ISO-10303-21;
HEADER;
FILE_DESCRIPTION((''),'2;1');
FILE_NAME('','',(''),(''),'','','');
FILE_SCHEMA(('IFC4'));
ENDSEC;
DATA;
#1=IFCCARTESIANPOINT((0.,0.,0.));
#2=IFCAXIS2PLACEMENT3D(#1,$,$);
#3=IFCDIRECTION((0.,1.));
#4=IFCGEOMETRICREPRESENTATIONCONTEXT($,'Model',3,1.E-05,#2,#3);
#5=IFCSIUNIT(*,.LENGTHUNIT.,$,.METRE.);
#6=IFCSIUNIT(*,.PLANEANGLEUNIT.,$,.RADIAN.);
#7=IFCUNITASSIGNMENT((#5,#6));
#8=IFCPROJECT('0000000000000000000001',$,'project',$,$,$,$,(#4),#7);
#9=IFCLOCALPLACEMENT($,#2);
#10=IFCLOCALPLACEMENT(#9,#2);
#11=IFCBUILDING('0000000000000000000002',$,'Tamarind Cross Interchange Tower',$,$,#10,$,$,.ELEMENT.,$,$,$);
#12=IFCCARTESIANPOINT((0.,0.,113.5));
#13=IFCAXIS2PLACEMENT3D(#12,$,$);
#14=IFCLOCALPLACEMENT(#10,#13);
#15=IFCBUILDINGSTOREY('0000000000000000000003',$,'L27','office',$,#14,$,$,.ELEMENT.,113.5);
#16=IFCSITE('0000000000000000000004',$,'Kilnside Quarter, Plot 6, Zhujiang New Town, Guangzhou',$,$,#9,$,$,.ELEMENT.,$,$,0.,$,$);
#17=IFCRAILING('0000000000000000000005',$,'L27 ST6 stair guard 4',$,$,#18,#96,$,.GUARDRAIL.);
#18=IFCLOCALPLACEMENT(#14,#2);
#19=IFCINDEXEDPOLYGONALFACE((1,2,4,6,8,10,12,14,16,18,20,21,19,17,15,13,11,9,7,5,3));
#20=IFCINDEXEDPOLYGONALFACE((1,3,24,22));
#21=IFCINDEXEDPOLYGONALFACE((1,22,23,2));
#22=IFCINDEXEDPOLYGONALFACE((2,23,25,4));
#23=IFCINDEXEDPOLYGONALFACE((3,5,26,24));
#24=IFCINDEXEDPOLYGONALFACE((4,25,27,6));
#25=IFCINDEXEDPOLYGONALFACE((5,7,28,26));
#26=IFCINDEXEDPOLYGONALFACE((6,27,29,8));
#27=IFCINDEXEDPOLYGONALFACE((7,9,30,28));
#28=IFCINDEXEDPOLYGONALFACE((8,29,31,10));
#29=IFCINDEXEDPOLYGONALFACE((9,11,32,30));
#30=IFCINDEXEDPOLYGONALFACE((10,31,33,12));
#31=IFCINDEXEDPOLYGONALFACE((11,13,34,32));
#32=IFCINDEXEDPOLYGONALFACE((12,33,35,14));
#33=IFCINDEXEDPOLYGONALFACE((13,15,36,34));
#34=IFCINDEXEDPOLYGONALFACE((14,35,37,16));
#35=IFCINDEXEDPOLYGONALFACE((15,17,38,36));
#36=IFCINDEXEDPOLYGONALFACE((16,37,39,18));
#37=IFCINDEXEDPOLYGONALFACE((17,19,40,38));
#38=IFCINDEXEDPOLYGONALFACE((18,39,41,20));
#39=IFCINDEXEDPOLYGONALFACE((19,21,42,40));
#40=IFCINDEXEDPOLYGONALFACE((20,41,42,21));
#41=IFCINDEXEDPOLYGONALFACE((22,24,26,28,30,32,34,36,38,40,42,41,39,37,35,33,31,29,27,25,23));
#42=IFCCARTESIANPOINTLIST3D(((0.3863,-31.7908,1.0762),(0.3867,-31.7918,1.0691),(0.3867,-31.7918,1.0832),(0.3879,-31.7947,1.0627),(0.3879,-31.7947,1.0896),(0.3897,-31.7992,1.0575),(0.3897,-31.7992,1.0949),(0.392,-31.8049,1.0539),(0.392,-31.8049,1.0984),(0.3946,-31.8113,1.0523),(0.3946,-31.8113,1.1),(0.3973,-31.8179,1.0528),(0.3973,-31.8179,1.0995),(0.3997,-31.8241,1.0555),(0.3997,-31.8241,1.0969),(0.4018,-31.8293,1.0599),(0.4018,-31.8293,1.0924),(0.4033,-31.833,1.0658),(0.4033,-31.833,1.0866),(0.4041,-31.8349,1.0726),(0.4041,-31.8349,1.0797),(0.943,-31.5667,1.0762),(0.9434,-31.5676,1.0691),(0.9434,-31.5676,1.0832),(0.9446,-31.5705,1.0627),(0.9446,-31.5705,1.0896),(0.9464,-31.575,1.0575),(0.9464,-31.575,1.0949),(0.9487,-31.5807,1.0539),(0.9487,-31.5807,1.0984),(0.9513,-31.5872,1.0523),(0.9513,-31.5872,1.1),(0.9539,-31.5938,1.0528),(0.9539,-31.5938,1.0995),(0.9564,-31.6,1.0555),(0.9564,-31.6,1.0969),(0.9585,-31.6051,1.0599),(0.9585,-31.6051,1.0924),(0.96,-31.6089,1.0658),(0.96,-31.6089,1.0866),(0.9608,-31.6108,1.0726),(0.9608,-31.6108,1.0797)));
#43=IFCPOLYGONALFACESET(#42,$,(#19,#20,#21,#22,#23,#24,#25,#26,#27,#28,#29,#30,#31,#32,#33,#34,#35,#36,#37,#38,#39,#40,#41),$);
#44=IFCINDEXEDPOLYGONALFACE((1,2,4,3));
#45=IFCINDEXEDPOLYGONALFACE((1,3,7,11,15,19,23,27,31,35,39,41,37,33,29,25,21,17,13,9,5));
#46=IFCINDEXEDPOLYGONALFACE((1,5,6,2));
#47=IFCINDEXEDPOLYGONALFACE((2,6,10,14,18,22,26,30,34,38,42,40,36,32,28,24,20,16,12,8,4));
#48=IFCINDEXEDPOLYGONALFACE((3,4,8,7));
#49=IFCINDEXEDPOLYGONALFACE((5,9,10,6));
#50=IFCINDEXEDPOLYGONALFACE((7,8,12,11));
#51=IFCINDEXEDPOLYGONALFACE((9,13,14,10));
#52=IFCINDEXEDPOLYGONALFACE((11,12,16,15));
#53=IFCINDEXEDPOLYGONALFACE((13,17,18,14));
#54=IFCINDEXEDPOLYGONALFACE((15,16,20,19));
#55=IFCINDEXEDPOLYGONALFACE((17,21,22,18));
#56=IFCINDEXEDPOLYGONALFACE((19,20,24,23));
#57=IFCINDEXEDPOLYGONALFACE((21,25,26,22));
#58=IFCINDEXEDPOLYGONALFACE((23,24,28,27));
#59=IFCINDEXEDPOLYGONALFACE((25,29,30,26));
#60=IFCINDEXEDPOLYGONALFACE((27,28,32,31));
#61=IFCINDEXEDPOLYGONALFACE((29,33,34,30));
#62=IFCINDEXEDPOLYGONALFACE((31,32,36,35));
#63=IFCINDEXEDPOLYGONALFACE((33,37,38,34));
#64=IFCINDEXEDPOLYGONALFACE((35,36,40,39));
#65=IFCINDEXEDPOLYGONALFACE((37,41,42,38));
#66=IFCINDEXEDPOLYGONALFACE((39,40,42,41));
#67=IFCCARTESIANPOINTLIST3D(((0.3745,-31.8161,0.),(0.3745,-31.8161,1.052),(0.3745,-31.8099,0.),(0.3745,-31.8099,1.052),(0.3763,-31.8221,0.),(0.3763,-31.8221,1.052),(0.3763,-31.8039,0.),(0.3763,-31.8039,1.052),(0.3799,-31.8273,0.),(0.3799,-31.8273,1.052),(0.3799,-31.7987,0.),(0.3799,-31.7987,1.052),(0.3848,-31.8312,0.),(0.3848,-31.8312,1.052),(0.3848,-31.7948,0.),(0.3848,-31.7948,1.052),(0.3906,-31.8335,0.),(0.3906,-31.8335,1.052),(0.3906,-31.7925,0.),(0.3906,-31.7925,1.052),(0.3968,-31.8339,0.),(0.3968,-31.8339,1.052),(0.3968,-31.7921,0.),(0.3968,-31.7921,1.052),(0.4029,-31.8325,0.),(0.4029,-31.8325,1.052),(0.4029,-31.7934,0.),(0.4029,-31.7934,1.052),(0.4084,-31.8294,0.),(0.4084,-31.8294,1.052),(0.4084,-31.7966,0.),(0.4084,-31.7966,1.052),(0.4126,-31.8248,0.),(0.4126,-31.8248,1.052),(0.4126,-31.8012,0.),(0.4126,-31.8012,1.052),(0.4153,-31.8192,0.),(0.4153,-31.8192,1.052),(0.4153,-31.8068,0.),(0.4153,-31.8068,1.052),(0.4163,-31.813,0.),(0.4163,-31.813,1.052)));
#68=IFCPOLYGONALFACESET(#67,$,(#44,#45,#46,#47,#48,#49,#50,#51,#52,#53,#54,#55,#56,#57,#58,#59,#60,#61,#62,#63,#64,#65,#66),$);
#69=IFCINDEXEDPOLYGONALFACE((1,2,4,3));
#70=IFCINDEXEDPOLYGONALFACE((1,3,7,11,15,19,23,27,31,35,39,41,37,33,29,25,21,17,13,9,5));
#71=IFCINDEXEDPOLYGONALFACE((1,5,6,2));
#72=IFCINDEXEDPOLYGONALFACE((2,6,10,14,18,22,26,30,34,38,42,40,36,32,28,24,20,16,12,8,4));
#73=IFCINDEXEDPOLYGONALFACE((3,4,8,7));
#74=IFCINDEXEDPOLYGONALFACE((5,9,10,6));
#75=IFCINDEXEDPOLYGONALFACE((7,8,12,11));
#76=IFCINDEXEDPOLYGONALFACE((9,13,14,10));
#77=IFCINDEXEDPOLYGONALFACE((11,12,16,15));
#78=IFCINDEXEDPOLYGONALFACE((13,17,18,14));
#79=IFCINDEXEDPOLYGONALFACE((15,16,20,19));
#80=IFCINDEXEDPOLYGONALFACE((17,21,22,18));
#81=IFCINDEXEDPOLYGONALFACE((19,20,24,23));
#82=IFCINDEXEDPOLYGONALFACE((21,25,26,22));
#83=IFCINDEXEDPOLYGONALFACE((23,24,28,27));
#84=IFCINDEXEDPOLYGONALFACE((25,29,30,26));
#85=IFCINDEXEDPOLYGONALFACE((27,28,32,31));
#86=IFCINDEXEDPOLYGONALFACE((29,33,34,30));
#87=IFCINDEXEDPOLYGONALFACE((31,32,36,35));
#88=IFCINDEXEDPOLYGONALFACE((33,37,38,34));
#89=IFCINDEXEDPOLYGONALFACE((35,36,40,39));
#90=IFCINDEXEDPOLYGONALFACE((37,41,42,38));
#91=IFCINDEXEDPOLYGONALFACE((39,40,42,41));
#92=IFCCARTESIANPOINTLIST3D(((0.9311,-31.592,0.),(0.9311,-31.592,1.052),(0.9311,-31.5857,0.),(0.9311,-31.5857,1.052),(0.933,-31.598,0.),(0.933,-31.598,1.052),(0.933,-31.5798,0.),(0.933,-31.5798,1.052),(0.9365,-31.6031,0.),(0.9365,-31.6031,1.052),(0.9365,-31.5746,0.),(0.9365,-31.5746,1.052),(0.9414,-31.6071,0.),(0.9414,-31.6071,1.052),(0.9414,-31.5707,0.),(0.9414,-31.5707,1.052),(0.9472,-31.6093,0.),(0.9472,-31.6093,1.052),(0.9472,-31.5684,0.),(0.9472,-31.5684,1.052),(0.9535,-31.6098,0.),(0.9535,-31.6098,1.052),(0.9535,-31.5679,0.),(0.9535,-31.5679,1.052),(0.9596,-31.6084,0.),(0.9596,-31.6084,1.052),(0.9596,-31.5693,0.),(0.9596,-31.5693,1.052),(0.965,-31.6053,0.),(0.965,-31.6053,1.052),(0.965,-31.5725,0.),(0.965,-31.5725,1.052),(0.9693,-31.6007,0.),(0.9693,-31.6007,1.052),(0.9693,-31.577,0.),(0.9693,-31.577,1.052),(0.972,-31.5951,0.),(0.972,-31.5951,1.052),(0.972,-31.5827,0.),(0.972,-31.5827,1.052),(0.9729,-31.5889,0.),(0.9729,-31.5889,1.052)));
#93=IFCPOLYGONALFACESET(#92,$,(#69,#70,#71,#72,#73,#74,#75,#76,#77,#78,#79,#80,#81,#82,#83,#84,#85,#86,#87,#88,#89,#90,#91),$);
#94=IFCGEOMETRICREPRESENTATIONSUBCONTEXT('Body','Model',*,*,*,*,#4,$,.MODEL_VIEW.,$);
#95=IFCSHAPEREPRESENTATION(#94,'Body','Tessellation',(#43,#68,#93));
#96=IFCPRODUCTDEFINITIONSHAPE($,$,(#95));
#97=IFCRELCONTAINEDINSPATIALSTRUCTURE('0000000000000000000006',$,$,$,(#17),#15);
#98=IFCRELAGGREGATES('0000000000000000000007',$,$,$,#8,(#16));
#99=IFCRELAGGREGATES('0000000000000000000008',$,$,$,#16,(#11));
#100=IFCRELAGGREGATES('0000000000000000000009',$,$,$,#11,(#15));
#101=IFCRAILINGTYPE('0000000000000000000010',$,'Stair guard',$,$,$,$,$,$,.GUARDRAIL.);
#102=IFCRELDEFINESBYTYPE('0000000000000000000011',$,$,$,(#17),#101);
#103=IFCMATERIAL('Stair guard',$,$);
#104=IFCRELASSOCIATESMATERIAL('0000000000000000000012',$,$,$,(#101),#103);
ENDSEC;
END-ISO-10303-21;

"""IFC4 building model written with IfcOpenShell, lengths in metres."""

from ifc_helpers import new_model, si_unit, direction, frame, origin, origin_2d, place, context, subcontext, project, spatial, circle, extrude, material, type_object, element, save


model = new_model("IFC4")

# Units and contexts
model_context = context("Model", 3, precision=1e-05, world=origin(), true_north=direction((0.0, 1.0)))
body_context = subcontext(model_context, "Body", "Model", "MODEL_VIEW")
ifc_project = project(units=[si_unit("LENGTHUNIT", "METRE"), si_unit("PLANEANGLEUNIT", "RADIAN")], contexts=[model_context])

# Site, building, storey
site_placement = place(None, origin())
site = spatial("IfcSite", under=ifc_project, at=site_placement, Name="Kilnside Quarter, Plot 6, Zhujiang New Town, Guangzhou", CompositionType="ELEMENT", RefElevation=0.0)
building_placement = place(site_placement, origin())
building = spatial("IfcBuilding", under=site, at=building_placement, Name="Tamarind Cross Interchange Tower", CompositionType="ELEMENT")
storey_placement = place(building_placement, frame((0.0, 0.0, 113.5)))
storey = spatial("IfcBuildingStorey", under=building, at=storey_placement, Name="L27", Description="office", CompositionType="ELEMENT", Elevation=113.5)

# Railing
ifc_material_1 = material(Name="Stair guard")
railing_type_1 = type_object("IfcRailingType", Name="Stair guard", PredefinedType="GUARDRAIL", material=ifc_material_1)
railing_1_placement = place(storey_placement, frame((0.3953, -31.813, 0.0)))
element("IfcRailing", 1, at=railing_1_placement, inside=storey, type_object=railing_type_1, Name="L27 ST6 stair guard 4", PredefinedType="GUARDRAIL", context=body_context, shape_type="SweptSolid", body=[
    extrude(circle(Radius=0.0239, at=origin_2d()), frame((0.0, 0.0, 1.0762), z_axis=(0.927633, 0.373494, 0.0), x_axis=(-0.373494, 0.927633, 0.0)), (0.0, 0.0, 1.0), 0.6001),
    extrude(circle(Radius=0.021, at=origin_2d()), origin(), (0.0, 0.0, 1.0), 1.052),
    extrude(circle(Radius=0.021, at=origin_2d()), frame((0.5566, 0.2241, 0.0)), (0.0, 0.0, 1.0), 1.052),
])

save(model, "model.ifc")
